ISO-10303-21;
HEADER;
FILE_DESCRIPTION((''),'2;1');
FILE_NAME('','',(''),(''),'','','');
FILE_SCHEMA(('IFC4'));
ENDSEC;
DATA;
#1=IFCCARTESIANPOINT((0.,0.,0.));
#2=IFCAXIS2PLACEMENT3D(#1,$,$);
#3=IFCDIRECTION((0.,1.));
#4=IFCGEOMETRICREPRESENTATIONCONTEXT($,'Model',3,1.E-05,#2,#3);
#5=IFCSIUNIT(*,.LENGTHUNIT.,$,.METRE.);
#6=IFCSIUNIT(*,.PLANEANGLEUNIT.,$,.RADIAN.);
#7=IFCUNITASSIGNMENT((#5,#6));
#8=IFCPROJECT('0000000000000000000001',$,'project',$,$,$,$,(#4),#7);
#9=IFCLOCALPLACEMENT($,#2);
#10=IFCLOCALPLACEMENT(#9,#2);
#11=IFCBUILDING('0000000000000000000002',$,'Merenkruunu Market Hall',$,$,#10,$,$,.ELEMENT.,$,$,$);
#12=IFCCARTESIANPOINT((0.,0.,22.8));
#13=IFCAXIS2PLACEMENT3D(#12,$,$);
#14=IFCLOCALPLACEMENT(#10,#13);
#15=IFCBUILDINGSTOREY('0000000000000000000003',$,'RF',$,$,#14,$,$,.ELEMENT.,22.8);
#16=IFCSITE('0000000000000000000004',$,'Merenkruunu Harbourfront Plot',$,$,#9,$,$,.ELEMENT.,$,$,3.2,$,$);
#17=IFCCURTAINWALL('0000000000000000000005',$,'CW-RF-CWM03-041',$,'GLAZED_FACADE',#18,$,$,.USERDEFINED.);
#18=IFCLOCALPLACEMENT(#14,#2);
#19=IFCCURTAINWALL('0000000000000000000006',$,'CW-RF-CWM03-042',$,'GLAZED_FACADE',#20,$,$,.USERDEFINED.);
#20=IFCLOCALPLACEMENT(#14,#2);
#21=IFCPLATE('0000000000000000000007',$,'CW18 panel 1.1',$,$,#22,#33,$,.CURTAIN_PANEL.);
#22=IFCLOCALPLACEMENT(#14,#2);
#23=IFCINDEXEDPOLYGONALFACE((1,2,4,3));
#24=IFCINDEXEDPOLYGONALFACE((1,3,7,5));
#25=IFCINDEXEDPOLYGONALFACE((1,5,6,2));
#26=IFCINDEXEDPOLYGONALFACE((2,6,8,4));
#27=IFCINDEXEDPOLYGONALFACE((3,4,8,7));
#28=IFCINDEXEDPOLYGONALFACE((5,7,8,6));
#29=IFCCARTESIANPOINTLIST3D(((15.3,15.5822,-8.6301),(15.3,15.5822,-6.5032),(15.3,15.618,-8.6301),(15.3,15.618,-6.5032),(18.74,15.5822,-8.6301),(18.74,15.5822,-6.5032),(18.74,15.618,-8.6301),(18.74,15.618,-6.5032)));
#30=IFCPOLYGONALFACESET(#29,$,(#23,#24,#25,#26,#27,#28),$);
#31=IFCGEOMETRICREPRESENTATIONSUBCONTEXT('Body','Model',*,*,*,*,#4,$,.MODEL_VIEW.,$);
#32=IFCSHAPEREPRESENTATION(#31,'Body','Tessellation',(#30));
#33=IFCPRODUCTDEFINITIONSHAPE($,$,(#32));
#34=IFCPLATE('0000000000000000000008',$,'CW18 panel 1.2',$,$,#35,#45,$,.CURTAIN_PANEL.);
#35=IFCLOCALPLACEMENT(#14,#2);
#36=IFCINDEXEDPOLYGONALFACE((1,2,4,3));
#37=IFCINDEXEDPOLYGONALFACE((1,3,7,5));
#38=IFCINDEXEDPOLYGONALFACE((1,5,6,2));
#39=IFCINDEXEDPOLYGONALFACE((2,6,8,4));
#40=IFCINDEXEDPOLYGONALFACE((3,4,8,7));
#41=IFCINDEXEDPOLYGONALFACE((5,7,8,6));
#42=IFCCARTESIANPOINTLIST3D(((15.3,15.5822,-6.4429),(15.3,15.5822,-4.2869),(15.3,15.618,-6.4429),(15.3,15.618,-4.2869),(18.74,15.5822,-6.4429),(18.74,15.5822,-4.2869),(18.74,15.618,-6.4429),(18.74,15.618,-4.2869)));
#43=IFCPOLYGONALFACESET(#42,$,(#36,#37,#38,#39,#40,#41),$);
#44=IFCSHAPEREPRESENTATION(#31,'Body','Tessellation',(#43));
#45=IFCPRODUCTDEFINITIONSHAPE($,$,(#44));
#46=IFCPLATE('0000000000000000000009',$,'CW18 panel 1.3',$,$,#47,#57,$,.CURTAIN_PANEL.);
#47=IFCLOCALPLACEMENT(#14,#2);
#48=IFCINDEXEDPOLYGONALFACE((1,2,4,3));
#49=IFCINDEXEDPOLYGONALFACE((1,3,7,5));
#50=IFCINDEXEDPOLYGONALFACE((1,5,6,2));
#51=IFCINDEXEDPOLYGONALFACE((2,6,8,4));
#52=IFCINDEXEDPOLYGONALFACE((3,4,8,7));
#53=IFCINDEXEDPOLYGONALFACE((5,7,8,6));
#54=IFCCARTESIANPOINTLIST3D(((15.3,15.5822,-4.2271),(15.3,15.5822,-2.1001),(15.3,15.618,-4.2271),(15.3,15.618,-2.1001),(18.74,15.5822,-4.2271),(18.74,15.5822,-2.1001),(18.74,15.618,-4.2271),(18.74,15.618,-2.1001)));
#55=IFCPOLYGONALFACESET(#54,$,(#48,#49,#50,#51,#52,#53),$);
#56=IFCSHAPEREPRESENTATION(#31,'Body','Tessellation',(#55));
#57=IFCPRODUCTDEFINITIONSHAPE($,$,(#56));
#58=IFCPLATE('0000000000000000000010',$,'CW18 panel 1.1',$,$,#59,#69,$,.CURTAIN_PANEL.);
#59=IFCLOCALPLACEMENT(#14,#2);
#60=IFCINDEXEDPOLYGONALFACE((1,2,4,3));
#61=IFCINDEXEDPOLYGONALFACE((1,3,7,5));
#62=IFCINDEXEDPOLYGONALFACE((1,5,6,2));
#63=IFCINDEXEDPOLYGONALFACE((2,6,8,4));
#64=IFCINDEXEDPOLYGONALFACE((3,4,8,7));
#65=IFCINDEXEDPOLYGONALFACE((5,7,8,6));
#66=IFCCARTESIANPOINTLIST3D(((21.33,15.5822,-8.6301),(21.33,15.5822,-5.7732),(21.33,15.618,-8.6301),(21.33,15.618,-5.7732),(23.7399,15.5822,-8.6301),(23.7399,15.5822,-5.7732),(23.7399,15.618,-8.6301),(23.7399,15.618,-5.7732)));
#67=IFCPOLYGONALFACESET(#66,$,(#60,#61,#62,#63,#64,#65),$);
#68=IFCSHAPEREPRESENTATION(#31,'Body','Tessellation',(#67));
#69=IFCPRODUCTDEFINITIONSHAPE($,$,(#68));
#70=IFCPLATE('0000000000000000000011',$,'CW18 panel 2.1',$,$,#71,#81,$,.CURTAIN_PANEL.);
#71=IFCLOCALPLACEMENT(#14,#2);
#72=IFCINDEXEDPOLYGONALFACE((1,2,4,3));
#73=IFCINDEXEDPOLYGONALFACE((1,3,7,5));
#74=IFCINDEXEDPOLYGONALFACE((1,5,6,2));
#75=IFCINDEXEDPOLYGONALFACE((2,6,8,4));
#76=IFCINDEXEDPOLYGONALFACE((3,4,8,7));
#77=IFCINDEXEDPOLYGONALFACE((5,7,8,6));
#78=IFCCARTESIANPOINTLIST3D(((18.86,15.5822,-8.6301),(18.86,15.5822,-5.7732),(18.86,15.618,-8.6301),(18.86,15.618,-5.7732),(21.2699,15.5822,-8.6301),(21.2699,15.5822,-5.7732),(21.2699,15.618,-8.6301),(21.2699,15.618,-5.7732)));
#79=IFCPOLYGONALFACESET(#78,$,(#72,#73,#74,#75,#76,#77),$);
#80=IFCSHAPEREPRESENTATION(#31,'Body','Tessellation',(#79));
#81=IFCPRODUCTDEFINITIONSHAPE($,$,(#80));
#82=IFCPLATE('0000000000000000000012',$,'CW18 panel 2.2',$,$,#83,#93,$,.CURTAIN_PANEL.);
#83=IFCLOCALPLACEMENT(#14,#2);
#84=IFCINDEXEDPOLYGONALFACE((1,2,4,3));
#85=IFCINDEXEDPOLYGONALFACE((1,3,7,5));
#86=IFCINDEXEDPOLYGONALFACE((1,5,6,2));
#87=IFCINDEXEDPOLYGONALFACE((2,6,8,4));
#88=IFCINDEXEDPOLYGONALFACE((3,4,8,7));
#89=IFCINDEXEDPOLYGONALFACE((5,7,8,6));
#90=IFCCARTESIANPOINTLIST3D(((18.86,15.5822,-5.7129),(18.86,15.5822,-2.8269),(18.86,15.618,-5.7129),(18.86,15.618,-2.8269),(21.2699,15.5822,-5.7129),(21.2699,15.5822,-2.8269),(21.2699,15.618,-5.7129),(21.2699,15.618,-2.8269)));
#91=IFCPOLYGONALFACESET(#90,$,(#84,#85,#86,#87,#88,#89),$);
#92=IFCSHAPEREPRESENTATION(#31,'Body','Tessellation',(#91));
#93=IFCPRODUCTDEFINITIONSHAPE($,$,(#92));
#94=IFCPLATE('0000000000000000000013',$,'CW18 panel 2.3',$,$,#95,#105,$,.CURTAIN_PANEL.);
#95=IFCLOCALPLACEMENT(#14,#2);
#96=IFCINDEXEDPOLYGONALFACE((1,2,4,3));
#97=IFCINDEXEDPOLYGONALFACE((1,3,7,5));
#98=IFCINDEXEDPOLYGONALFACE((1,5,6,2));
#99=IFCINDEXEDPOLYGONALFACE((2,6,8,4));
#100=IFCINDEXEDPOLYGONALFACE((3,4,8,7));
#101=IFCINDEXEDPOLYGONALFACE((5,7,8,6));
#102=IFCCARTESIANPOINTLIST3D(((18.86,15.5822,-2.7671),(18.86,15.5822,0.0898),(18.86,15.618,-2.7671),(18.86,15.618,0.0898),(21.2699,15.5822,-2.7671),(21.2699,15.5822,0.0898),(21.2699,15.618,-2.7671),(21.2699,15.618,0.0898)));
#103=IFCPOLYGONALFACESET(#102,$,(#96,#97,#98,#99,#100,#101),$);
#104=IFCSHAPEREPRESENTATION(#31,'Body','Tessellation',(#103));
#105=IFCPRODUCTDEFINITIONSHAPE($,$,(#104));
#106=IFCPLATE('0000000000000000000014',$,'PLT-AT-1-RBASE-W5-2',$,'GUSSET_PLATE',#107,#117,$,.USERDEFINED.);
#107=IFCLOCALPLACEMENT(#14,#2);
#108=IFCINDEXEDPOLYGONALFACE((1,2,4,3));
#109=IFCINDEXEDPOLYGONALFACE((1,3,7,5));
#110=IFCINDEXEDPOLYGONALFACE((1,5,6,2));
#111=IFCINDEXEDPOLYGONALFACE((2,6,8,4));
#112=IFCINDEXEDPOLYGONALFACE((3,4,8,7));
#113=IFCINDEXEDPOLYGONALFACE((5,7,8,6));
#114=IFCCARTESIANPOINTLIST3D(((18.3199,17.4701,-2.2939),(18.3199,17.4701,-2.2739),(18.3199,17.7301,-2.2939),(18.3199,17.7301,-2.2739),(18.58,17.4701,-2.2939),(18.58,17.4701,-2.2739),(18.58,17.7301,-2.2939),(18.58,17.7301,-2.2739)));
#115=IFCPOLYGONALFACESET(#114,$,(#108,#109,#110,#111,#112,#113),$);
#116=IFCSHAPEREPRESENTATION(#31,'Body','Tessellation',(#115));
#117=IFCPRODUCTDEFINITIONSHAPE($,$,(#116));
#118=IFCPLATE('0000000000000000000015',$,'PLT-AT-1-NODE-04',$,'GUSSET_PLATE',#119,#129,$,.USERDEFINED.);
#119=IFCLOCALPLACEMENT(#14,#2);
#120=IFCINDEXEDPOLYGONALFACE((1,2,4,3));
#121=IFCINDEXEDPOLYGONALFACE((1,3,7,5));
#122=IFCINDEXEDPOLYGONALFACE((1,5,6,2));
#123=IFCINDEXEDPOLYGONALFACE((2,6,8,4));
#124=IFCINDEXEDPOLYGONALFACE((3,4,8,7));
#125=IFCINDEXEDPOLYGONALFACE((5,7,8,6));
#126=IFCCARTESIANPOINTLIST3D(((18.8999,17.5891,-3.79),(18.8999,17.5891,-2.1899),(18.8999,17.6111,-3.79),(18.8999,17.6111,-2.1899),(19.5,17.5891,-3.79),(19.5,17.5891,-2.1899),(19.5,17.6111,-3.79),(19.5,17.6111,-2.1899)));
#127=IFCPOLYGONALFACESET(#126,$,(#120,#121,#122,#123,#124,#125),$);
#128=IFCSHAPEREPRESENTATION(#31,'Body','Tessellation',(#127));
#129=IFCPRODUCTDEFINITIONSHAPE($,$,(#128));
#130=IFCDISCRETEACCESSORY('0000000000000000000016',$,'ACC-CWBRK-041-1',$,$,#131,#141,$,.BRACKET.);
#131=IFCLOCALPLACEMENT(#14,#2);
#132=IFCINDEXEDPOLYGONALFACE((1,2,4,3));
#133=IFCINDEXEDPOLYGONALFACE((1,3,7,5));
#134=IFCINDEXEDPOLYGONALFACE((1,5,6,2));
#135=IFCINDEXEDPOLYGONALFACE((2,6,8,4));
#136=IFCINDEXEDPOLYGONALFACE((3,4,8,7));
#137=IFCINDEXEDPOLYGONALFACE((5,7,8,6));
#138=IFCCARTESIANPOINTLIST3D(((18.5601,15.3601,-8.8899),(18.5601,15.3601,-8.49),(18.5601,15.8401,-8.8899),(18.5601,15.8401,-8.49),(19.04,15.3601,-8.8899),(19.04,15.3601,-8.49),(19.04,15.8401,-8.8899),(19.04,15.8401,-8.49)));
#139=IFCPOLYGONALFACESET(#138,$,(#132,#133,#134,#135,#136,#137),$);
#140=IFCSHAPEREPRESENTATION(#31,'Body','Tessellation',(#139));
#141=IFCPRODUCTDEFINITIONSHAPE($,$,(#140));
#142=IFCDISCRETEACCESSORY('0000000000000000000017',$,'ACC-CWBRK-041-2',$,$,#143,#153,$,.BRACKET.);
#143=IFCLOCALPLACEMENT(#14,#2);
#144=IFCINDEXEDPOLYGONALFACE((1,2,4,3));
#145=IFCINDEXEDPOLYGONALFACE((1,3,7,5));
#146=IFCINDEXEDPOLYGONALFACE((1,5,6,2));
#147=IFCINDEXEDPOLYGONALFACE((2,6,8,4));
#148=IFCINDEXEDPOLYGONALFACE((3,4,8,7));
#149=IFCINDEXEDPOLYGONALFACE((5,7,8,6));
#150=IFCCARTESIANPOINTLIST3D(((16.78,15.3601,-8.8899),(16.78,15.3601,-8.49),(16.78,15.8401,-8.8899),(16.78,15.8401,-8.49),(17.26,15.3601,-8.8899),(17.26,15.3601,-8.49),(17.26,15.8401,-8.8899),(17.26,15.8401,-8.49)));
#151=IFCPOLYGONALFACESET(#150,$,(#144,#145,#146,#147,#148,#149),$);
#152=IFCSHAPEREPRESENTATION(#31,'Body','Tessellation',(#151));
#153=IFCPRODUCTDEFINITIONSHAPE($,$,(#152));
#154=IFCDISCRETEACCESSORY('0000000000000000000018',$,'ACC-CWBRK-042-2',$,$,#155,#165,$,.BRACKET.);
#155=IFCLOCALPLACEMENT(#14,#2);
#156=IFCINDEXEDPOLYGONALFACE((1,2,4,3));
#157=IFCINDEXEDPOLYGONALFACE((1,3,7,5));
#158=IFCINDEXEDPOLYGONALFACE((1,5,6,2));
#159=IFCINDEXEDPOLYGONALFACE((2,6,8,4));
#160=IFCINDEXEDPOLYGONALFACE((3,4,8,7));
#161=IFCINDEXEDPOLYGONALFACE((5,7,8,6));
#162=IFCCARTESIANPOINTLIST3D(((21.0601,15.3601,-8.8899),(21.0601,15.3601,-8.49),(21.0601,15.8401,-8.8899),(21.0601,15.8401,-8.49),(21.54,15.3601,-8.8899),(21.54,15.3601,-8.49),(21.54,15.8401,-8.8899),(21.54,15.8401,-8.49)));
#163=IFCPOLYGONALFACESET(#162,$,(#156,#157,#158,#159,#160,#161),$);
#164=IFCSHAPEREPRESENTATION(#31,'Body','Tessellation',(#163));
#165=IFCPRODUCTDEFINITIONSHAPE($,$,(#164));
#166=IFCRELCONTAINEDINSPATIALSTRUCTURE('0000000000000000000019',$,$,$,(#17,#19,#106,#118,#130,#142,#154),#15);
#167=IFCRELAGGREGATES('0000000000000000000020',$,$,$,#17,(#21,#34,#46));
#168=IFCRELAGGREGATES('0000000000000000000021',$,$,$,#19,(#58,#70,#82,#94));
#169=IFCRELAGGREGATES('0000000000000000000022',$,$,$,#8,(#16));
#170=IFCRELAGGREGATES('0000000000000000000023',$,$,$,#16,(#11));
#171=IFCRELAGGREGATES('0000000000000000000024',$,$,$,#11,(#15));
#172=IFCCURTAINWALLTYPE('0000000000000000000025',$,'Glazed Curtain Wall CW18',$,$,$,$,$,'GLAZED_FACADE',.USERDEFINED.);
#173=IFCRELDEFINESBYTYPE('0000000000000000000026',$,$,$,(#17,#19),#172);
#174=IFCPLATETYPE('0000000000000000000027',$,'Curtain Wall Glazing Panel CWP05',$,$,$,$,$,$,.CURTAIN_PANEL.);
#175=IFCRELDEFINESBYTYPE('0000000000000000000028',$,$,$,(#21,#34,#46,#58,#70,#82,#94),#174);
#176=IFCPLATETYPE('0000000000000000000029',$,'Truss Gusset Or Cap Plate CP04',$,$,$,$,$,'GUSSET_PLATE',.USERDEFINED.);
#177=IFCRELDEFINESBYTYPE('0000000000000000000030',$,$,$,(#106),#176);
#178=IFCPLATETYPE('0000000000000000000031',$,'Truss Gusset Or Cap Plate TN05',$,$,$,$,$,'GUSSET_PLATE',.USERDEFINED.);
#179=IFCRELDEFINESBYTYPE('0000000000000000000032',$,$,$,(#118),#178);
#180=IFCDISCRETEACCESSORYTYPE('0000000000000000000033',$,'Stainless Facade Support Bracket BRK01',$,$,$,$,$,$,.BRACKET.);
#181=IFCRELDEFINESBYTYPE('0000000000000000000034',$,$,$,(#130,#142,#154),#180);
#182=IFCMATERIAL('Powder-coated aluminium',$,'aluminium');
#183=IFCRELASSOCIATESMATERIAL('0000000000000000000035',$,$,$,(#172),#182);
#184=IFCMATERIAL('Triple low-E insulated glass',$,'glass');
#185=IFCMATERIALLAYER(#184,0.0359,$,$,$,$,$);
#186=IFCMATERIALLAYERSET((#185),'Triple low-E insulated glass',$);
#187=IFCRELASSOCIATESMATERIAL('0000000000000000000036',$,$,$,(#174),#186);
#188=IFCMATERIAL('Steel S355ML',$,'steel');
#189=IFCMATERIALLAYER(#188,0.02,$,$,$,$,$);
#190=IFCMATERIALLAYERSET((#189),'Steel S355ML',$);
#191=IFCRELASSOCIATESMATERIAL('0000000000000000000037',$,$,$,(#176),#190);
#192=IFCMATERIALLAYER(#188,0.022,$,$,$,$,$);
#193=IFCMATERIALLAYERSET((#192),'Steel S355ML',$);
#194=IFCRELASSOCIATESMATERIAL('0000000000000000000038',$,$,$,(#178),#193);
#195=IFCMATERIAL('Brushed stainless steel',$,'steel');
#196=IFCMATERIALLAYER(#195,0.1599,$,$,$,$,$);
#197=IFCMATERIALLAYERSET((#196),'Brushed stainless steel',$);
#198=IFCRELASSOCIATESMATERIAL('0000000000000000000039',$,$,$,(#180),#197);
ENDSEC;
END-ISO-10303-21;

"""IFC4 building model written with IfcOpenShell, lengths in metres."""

from ifc_helpers import new_model, si_unit, direction, frame, origin, origin_2d, place, context, subcontext, project, spatial, rectangle, extrude, material, layer, layer_set, type_object, element, aggregate, save


model = new_model("IFC4")

# Units and contexts
model_context = context("Model", 3, precision=1e-05, world=origin(), true_north=direction((0.0, 1.0)))
body_context = subcontext(model_context, "Body", "Model", "MODEL_VIEW")
ifc_project = project(units=[si_unit("LENGTHUNIT", "METRE"), si_unit("PLANEANGLEUNIT", "RADIAN")], contexts=[model_context])

# Site, building, storey
site_placement = place(None, origin())
site = spatial("IfcSite", under=ifc_project, at=site_placement, Name="Merenkruunu Harbourfront Plot", CompositionType="ELEMENT", RefElevation=3.2)
building_placement = place(site_placement, origin())
building = spatial("IfcBuilding", under=site, at=building_placement, Name="Merenkruunu Market Hall", CompositionType="ELEMENT")
storey_placement = place(building_placement, frame((0.0, 0.0, 22.8)))
storey = spatial("IfcBuildingStorey", under=building, at=storey_placement, Name="RF", CompositionType="ELEMENT", Elevation=22.8)

# Shared definitions
ifc_material_1 = material(Name="Steel S355ML", Category="steel")

# Curtain wall
ifc_material_2 = material(Name="Powder-coated aluminium", Category="aluminium")
curtain_wall_type = type_object("IfcCurtainWallType", Name="Glazed Curtain Wall CW18", ElementType="GLAZED_FACADE", PredefinedType="USERDEFINED", material=ifc_material_2)
curtain_wall_1_placement = place(storey_placement, origin())
curtain_wall_1 = element("IfcCurtainWall", 1, at=curtain_wall_1_placement, inside=storey, type_object=curtain_wall_type, Name="CW-RF-CWM03-041", ObjectType="GLAZED_FACADE", PredefinedType="USERDEFINED")

# Curtain wall
curtain_wall_2_placement = place(storey_placement, origin())
curtain_wall_2 = element("IfcCurtainWall", 2, at=curtain_wall_2_placement, inside=storey, type_object=curtain_wall_type, Name="CW-RF-CWM03-042", ObjectType="GLAZED_FACADE", PredefinedType="USERDEFINED")

# Plates
ifc_material_3 = material(Name="Triple low-E insulated glass", Category="glass")
ifc_layer_1 = layer(ifc_material_3, 0.0359)
ifc_layer_set_1 = layer_set([ifc_layer_1], Name="Triple low-E insulated glass")
plate_type_1 = type_object("IfcPlateType", Name="Curtain Wall Glazing Panel CWP05", PredefinedType="CURTAIN_PANEL", material=ifc_layer_set_1)
plate_1_placement = place(storey_placement, frame((17.02, 15.6001, -8.6301), z_axis=(0.0, 0.0, 1.0), x_axis=(-1.0, 0.0, 0.0)))
plate_1 = element("IfcPlate", 3, at=plate_1_placement, type_object=plate_type_1, Name="CW18 panel 1.1", PredefinedType="CURTAIN_PANEL", context=body_context, shape_type="SweptSolid", body=[
    extrude(rectangle(XDim=3.4399, YDim=0.0359, at=origin_2d()), origin(), (0.0, 0.0, 1.0), 2.127),
])
plate_2_placement = place(storey_placement, frame((17.02, 15.6001, -6.4429), z_axis=(0.0, 0.0, 1.0), x_axis=(-1.0, 0.0, 0.0)))
plate_2 = element("IfcPlate", 4, at=plate_2_placement, type_object=plate_type_1, Name="CW18 panel 1.2", PredefinedType="CURTAIN_PANEL", context=body_context, shape_type="SweptSolid", body=[
    extrude(rectangle(XDim=3.4399, YDim=0.0359, at=origin_2d()), origin(), (0.0, 0.0, 1.0), 2.156),
])
plate_3_placement = place(storey_placement, frame((17.02, 15.6001, -4.2271), z_axis=(0.0, 0.0, 1.0), x_axis=(-1.0, 0.0, 0.0)))
plate_3 = element("IfcPlate", 5, at=plate_3_placement, type_object=plate_type_1, Name="CW18 panel 1.3", PredefinedType="CURTAIN_PANEL", context=body_context, shape_type="SweptSolid", body=[
    extrude(rectangle(XDim=3.4399, YDim=0.0359, at=origin_2d()), origin(), (0.0, 0.0, 1.0), 2.127),
])
aggregate(curtain_wall_1, [plate_1, plate_2, plate_3])
plate_4_placement = place(storey_placement, frame((22.5349, 15.6001, -8.6301), z_axis=(0.0, 0.0, 1.0), x_axis=(-1.0, 0.0, 0.0)))
plate_4 = element("IfcPlate", 6, at=plate_4_placement, type_object=plate_type_1, Name="CW18 panel 1.1", PredefinedType="CURTAIN_PANEL", context=body_context, shape_type="SweptSolid", body=[
    extrude(rectangle(XDim=2.4099, YDim=0.0359, at=origin_2d()), origin(), (0.0, 0.0, 1.0), 2.8569),
])
plate_5_placement = place(storey_placement, frame((20.0649, 15.6001, -8.6301), z_axis=(0.0, 0.0, 1.0), x_axis=(-1.0, 0.0, 0.0)))
plate_5 = element("IfcPlate", 7, at=plate_5_placement, type_object=plate_type_1, Name="CW18 panel 2.1", PredefinedType="CURTAIN_PANEL", context=body_context, shape_type="SweptSolid", body=[
    extrude(rectangle(XDim=2.4099, YDim=0.0359, at=origin_2d()), origin(), (0.0, 0.0, 1.0), 2.8569),
])
plate_6_placement = place(storey_placement, frame((20.0649, 15.6001, -5.7129), z_axis=(0.0, 0.0, 1.0), x_axis=(-1.0, 0.0, 0.0)))
plate_6 = element("IfcPlate", 8, at=plate_6_placement, type_object=plate_type_1, Name="CW18 panel 2.2", PredefinedType="CURTAIN_PANEL", context=body_context, shape_type="SweptSolid", body=[
    extrude(rectangle(XDim=2.4099, YDim=0.0359, at=origin_2d()), origin(), (0.0, 0.0, 1.0), 2.886),
])
plate_7_placement = place(storey_placement, frame((20.0649, 15.6001, -2.7671), z_axis=(0.0, 0.0, 1.0), x_axis=(-1.0, 0.0, 0.0)))
plate_7 = element("IfcPlate", 9, at=plate_7_placement, type_object=plate_type_1, Name="CW18 panel 2.3", PredefinedType="CURTAIN_PANEL", context=body_context, shape_type="SweptSolid", body=[
    extrude(rectangle(XDim=2.4099, YDim=0.0359, at=origin_2d()), origin(), (0.0, 0.0, 1.0), 2.8569),
])
aggregate(curtain_wall_2, [plate_4, plate_5, plate_6, plate_7])

# Plates
ifc_layer_2 = layer(ifc_material_1, 0.02)
ifc_layer_set_2 = layer_set([ifc_layer_2], Name="Steel S355ML")
plate_type_2 = type_object("IfcPlateType", Name="Truss Gusset Or Cap Plate CP04", ElementType="GUSSET_PLATE", PredefinedType="USERDEFINED", material=ifc_layer_set_2)
plate_8_placement = place(storey_placement, frame((18.45, 17.6001, -2.2939), z_axis=(0.0, 0.0, 1.0), x_axis=(1.0, 0.0, 0.0)))
element("IfcPlate", 10, at=plate_8_placement, inside=storey, type_object=plate_type_2, Name="PLT-AT-1-RBASE-W5-2", ObjectType="GUSSET_PLATE", PredefinedType="USERDEFINED", context=body_context, shape_type="SweptSolid", body=[
    extrude(rectangle(XDim=0.26, YDim=0.26, at=origin_2d()), origin(), (0.0, 0.0, 1.0), 0.02),
])
ifc_layer_3 = layer(ifc_material_1, 0.022)
ifc_layer_set_3 = layer_set([ifc_layer_3], Name="Steel S355ML")
plate_type_3 = type_object("IfcPlateType", Name="Truss Gusset Or Cap Plate TN05", ElementType="GUSSET_PLATE", PredefinedType="USERDEFINED", material=ifc_layer_set_3)
plate_9_placement = place(storey_placement, frame((19.2, 17.6001, -3.79), z_axis=(0.0, 0.0, 1.0), x_axis=(1.0, 0.0, 0.0)))
element("IfcPlate", 11, at=plate_9_placement, inside=storey, type_object=plate_type_3, Name="PLT-AT-1-NODE-04", ObjectType="GUSSET_PLATE", PredefinedType="USERDEFINED", context=body_context, shape_type="SweptSolid", body=[
    extrude(rectangle(XDim=0.6001, YDim=0.022, at=origin_2d()), origin(), (0.0, 0.0, 1.0), 1.6001),
])

# Discrete accessories
ifc_material_4 = material(Name="Brushed stainless steel", Category="steel")
ifc_layer_4 = layer(ifc_material_4, 0.1599)
ifc_layer_set_4 = layer_set([ifc_layer_4], Name="Brushed stainless steel")
discrete_accessory_type = type_object("IfcDiscreteAccessoryType", Name="Stainless Facade Support Bracket BRK01", PredefinedType="BRACKET", material=ifc_layer_set_4)
for number, where, z_axis, x_axis, name in (
    (12, (18.8, 15.6001, -8.8899), (0.0, 0.0, 1.0), (1.0, 0.0, 0.0), "ACC-CWBRK-041-1"),
    (13, (17.02, 15.6001, -8.8899), (0.0, 0.0, 1.0), (1.0, 0.0, 0.0), "ACC-CWBRK-041-2"),
    (14, (21.3, 15.6001, -8.8899), (0.0, 0.0, 1.0), (1.0, 0.0, 0.0), "ACC-CWBRK-042-2"),
):
    element("IfcDiscreteAccessory", number, at=place(storey_placement, frame(where, z_axis=z_axis, x_axis=x_axis)), inside=storey, type_object=discrete_accessory_type, Name=name, PredefinedType="BRACKET", context=body_context, shape_type="SweptSolid", body=[
        extrude(rectangle(XDim=0.48, YDim=0.48, at=origin_2d()), origin(), (0.0, 0.0, 1.0), 0.3999),
    ])

save(model, "model.ifc")
